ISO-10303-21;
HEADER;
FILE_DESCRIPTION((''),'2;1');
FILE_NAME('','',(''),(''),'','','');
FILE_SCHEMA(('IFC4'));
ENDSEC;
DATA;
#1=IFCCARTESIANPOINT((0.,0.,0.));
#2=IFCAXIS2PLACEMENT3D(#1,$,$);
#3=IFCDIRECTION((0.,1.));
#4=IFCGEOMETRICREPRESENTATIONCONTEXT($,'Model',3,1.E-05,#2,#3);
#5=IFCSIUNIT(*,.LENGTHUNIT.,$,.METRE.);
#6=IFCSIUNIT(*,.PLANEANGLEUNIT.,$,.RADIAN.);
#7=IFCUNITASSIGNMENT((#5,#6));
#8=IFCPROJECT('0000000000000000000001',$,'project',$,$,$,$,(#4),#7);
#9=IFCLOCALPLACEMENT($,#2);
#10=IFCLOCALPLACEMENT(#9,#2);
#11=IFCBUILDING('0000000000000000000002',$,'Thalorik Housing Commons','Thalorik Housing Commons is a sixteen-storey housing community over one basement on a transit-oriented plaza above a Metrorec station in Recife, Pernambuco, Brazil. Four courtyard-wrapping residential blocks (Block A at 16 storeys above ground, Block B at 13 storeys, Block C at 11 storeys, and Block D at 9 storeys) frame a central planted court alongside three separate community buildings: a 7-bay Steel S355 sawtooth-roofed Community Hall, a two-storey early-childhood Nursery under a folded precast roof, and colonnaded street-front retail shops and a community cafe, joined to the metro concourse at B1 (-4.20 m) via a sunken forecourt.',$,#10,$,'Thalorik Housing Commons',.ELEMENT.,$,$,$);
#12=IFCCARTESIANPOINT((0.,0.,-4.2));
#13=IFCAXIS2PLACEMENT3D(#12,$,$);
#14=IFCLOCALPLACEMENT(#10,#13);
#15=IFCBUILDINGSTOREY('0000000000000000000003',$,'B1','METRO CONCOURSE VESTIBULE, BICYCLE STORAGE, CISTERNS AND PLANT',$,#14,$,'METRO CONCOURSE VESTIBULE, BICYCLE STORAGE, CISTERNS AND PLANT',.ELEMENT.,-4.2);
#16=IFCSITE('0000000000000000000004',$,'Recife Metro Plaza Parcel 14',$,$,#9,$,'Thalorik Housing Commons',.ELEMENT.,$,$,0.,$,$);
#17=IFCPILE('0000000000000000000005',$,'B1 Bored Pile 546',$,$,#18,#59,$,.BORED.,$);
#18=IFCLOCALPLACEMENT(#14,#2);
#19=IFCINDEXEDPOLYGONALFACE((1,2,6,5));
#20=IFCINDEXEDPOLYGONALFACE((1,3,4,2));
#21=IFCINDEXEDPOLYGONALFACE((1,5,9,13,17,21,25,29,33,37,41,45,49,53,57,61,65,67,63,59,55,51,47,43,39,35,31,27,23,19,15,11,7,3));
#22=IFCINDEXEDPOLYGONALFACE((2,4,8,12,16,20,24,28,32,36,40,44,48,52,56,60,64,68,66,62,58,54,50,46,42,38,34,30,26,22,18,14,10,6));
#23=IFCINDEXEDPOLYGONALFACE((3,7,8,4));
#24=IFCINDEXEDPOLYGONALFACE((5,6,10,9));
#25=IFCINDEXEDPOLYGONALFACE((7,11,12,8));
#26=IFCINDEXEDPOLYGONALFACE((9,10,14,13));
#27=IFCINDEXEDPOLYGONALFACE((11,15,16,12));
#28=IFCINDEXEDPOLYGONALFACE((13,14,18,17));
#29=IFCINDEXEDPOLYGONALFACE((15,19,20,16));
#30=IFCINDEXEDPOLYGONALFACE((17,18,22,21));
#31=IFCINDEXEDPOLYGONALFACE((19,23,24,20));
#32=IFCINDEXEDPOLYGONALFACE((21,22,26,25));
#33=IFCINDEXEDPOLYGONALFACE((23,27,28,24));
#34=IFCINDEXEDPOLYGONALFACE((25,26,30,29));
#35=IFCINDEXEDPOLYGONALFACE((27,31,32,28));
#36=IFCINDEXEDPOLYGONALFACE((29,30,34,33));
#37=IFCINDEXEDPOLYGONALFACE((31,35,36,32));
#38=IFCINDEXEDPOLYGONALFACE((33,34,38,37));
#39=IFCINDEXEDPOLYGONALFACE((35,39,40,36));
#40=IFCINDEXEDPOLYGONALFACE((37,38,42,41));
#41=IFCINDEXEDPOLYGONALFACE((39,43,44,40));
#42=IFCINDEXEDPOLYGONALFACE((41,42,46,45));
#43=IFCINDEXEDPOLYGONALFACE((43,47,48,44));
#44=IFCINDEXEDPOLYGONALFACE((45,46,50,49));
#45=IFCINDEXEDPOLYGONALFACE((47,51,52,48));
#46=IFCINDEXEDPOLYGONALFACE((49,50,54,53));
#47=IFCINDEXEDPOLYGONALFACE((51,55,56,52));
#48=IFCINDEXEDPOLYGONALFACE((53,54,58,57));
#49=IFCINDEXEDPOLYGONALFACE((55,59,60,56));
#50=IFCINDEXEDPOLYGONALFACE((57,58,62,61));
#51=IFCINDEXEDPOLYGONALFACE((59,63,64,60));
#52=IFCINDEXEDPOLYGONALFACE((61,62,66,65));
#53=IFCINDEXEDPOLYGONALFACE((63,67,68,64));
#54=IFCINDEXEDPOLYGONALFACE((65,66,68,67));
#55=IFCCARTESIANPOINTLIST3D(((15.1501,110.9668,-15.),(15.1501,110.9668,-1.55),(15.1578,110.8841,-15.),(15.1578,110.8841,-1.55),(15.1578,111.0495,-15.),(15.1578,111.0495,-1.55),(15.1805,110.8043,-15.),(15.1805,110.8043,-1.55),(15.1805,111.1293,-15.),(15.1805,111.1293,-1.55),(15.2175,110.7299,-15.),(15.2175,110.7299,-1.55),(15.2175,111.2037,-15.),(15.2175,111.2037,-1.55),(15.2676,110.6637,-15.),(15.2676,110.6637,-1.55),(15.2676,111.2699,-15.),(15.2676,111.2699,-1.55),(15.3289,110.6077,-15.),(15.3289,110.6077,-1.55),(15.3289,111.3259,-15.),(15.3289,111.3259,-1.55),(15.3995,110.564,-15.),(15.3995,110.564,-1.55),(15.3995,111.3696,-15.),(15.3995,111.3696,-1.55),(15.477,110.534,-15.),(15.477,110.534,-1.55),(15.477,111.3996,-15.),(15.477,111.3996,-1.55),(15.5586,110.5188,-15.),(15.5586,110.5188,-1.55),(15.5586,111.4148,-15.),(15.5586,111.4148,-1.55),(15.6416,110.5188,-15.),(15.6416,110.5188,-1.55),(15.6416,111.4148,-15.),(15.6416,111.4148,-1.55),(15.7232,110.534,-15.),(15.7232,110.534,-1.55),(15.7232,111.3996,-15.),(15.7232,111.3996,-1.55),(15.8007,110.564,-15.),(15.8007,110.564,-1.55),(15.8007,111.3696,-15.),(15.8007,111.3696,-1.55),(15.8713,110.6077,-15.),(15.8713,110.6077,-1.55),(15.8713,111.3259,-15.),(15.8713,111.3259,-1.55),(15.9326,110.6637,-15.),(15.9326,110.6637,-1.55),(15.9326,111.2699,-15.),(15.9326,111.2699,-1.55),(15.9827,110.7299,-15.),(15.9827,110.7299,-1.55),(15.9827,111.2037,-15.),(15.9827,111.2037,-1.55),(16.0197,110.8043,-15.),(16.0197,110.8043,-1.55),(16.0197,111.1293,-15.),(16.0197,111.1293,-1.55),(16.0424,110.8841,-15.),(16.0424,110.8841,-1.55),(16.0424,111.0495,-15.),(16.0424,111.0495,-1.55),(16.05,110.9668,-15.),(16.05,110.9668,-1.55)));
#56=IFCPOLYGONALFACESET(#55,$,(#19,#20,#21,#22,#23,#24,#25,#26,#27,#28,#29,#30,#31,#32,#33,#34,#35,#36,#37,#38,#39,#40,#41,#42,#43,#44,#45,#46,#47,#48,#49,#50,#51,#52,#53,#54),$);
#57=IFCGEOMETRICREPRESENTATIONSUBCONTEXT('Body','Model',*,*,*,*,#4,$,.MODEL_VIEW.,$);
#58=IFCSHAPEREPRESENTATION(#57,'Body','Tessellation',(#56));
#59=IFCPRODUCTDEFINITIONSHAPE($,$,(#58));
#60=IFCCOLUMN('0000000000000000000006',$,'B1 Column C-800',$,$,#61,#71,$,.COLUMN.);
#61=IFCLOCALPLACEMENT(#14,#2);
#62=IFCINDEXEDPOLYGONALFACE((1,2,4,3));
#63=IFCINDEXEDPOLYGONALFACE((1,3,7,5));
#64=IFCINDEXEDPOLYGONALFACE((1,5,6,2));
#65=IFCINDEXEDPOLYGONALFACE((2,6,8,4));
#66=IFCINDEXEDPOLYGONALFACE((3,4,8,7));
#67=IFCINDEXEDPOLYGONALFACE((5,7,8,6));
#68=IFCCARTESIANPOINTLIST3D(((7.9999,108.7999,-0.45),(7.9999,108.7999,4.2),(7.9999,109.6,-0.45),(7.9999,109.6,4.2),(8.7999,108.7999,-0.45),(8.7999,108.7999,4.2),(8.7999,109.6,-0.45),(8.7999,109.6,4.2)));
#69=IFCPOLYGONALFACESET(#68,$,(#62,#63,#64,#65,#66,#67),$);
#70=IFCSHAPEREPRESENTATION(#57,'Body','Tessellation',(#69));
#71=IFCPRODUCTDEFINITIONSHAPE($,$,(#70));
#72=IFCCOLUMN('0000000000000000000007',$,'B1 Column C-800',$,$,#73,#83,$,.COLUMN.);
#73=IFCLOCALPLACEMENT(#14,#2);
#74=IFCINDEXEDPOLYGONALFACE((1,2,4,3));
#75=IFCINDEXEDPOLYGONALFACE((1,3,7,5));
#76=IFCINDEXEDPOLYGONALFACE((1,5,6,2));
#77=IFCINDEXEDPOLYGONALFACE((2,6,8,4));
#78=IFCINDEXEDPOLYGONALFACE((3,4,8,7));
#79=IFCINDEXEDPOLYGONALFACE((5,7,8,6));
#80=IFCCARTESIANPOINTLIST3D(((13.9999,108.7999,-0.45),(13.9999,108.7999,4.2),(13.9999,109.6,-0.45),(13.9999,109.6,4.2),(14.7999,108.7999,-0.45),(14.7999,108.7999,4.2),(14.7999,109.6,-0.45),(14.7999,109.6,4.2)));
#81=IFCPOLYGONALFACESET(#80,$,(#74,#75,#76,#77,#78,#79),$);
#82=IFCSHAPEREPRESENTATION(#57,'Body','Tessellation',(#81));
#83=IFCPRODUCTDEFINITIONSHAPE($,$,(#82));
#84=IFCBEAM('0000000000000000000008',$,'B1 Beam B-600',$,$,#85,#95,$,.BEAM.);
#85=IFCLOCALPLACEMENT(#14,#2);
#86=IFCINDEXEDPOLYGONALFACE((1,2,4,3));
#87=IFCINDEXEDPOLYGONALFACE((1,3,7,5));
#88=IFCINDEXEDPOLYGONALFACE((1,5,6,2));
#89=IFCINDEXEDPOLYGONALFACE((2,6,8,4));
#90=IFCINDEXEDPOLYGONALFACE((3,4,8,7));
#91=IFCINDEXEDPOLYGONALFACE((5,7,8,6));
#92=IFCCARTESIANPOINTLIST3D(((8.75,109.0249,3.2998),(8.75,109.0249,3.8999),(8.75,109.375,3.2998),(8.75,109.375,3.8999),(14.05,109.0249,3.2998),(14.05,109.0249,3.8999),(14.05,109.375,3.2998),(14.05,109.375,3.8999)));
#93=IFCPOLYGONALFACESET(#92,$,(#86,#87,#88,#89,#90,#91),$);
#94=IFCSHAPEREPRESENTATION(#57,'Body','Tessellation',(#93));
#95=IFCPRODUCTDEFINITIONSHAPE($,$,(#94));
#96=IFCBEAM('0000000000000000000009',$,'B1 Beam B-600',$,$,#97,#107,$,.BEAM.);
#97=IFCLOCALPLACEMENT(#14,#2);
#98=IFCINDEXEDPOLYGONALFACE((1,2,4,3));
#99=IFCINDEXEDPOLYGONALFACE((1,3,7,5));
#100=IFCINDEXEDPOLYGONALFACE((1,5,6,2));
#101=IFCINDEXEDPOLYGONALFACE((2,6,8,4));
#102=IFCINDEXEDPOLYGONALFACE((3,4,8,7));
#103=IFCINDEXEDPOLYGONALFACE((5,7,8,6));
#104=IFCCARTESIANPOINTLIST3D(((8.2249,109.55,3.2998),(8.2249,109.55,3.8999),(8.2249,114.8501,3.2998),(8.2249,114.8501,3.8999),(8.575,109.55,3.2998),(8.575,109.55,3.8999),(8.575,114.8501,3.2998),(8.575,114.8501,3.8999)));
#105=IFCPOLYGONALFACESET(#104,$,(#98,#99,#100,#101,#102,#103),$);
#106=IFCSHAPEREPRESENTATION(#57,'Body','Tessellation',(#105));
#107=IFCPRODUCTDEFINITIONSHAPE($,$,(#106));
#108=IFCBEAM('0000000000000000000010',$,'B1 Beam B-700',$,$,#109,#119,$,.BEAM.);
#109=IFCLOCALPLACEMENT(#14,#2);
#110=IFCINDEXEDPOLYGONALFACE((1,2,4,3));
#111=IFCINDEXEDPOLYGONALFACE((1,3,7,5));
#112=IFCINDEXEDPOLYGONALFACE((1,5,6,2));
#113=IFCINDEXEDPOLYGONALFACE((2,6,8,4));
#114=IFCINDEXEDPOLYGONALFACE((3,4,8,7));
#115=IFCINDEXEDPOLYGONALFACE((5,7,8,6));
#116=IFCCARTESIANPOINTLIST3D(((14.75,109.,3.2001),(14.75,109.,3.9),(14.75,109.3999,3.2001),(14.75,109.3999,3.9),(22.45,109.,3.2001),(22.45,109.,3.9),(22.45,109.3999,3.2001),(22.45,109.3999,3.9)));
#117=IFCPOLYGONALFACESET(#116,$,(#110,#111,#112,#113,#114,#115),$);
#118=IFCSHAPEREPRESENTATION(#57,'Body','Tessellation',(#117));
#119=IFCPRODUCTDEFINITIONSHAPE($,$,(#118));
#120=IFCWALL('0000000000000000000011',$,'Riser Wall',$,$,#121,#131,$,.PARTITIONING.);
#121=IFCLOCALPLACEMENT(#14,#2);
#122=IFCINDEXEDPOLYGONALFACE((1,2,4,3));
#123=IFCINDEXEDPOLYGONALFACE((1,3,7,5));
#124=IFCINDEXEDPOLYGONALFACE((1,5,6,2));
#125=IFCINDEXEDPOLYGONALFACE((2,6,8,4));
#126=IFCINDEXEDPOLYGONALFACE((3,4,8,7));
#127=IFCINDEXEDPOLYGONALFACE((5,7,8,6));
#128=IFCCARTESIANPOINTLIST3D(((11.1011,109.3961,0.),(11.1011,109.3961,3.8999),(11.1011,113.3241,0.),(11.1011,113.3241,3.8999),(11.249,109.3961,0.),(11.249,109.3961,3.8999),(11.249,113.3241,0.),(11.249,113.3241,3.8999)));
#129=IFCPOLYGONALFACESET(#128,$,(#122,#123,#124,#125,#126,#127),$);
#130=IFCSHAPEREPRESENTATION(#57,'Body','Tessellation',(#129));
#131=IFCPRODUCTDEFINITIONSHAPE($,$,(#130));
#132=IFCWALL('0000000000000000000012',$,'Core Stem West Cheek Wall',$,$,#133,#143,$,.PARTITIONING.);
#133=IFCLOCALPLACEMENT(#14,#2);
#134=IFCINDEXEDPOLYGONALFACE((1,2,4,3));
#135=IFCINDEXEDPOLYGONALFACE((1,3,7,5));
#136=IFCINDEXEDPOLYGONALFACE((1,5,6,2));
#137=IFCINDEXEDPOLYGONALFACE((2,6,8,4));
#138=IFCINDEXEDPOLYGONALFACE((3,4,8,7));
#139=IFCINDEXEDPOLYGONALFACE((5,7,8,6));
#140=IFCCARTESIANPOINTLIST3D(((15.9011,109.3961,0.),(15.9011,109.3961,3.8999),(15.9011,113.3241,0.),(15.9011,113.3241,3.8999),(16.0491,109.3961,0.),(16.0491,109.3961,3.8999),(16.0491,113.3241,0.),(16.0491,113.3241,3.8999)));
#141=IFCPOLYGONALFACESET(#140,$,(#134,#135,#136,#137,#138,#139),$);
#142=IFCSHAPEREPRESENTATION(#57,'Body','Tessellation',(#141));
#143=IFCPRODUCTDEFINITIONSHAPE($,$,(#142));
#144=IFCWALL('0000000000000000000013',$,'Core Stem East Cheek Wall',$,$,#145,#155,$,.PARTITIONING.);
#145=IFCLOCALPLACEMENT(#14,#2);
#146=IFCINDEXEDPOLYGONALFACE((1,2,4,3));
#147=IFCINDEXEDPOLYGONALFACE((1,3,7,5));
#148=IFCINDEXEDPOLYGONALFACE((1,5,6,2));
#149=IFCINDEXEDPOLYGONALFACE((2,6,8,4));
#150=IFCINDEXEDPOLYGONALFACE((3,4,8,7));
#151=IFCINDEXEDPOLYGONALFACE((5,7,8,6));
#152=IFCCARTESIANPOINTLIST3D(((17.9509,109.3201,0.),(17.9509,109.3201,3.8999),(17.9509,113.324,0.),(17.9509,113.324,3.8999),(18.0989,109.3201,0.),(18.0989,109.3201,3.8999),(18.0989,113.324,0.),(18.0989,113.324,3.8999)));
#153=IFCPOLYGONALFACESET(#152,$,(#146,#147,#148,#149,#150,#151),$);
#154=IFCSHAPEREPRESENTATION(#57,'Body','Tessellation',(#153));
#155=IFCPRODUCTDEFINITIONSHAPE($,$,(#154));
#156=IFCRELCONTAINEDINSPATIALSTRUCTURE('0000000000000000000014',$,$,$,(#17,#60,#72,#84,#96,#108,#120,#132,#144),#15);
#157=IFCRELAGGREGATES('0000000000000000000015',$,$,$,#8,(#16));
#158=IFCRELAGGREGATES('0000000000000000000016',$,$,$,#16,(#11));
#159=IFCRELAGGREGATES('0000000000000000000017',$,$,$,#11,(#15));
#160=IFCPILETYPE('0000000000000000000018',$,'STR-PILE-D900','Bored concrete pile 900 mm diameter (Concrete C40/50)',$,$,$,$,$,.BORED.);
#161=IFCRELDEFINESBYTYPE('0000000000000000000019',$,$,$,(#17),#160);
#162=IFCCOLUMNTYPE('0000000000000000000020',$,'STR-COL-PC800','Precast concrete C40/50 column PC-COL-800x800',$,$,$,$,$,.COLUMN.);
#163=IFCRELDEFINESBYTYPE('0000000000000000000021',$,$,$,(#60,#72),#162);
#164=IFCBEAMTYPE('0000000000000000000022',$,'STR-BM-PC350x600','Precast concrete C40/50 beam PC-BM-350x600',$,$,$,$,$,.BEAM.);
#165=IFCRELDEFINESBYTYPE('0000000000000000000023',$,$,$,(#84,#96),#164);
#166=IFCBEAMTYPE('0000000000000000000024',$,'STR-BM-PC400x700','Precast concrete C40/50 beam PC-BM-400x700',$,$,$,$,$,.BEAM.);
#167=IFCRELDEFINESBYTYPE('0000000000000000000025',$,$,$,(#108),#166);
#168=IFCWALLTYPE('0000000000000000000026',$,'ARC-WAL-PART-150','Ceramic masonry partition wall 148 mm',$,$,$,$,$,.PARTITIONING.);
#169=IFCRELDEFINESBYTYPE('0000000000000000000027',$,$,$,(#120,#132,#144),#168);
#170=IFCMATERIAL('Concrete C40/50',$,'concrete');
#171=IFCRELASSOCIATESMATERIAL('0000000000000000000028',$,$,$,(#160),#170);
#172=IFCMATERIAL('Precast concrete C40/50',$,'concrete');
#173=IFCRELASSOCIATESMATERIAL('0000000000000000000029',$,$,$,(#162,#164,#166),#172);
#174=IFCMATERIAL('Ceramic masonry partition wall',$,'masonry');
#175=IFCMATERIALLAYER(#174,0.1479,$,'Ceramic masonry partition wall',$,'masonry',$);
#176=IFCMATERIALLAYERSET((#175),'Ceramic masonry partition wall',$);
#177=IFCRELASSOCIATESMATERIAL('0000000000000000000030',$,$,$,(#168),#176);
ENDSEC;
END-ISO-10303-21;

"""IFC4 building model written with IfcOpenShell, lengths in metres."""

from ifc_helpers import new_model, si_unit, direction, frame, frame_2d, origin, origin_2d, place, context, subcontext, project, spatial, rectangle, circle, extrude, material, layer, layer_set, material_profile, profile_set, type_object, element, save


model = new_model("IFC4")

# Units and contexts
model_context = context("Model", 3, precision=1e-05, world=origin(), true_north=direction((0.0, 1.0)))
body_context = subcontext(model_context, "Body", "Model", "MODEL_VIEW")
ifc_project = project(units=[si_unit("LENGTHUNIT", "METRE"), si_unit("PLANEANGLEUNIT", "RADIAN")], contexts=[model_context])

# Site, building, storey
site_placement = place(None, origin())
site = spatial("IfcSite", under=ifc_project, at=site_placement, Name="Recife Metro Plaza Parcel 14", LongName="Thalorik Housing Commons", CompositionType="ELEMENT", RefElevation=0.0)
building_placement = place(site_placement, origin())
building = spatial("IfcBuilding", under=site, at=building_placement, Name="Thalorik Housing Commons", Description="Thalorik Housing Commons is a sixteen-storey housing community over one basement on a transit-oriented plaza above a Metrorec station in Recife, Pernambuco, Brazil. Four courtyard-wrapping residential blocks (Block A at 16 storeys above ground, Block B at 13 storeys, Block C at 11 storeys, and Block D at 9 storeys) frame a central planted court alongside three separate community buildings: a 7-bay Steel S355 sawtooth-roofed Community Hall, a two-storey early-childhood Nursery under a folded precast roof, and colonnaded street-front retail shops and a community cafe, joined to the metro concourse at B1 (-4.20 m) via a sunken forecourt.", LongName="Thalorik Housing Commons", CompositionType="ELEMENT")
storey_placement = place(building_placement, frame((0.0, 0.0, -4.2)))
storey = spatial("IfcBuildingStorey", under=building, at=storey_placement, Name="B1", Description="METRO CONCOURSE VESTIBULE, BICYCLE STORAGE, CISTERNS AND PLANT", LongName="METRO CONCOURSE VESTIBULE, BICYCLE STORAGE, CISTERNS AND PLANT", CompositionType="ELEMENT", Elevation=-4.2)

# Shared definitions
ifc_material_1 = material(Name="Concrete C40/50", Category="concrete")

# Pile
ifc_material_profile_1 = material_profile(ifc_material_1, circle(Radius=0.45, at=origin_2d()), Name="BORED PILE D900", Category="concrete")
ifc_profile_set_1 = profile_set([ifc_material_profile_1], Name="Concrete C40/50")
pile_type_1 = type_object("IfcPileType", Name="STR-PILE-D900", Description="Bored concrete pile 900 mm diameter (Concrete C40/50)", PredefinedType="BORED", material=ifc_profile_set_1)
for number, where, z_axis, x_axis, name in (
    (1, (15.6001, 110.9668, -1.55), (0.0, 0.0, -1.0), (1.0, 0.0, 0.0), "B1 Bored Pile 546"),
):
    element("IfcPile", number, at=place(storey_placement, frame(where, z_axis=z_axis, x_axis=x_axis)), inside=storey, type_object=pile_type_1, Name=name, PredefinedType="BORED", context=body_context, shape_type="SweptSolid", body=[
        extrude(circle(Radius=0.45, at=origin_2d()), origin(), (0.0, 0.0, 1.0), 13.45),
    ])

# Columns
ifc_material_2 = material(Name="Precast concrete C40/50", Category="concrete")
ifc_material_profile_2 = material_profile(ifc_material_2, rectangle(XDim=0.8, YDim=0.8, at=origin_2d()), Name="PC 800x800", Category="concrete")
ifc_profile_set_2 = profile_set([ifc_material_profile_2], Name="Precast concrete C40/50")
column_type = type_object("IfcColumnType", Name="STR-COL-PC800", Description="Precast concrete C40/50 column PC-COL-800x800", PredefinedType="COLUMN", material=ifc_profile_set_2)
for number, where, z_axis, x_axis, name in (
    (2, (8.3999, 109.2, -0.45), (0.0, 0.0, 1.0), (1.0, 0.0, 0.0), "B1 Column C-800"),
    (3, (14.3999, 109.2, -0.45), (0.0, 0.0, 1.0), (1.0, 0.0, 0.0), "B1 Column C-800"),
):
    element("IfcColumn", number, at=place(storey_placement, frame(where, z_axis=z_axis, x_axis=x_axis)), inside=storey, type_object=column_type, Name=name, PredefinedType="COLUMN", context=body_context, shape_type="SweptSolid", body=[
        extrude(rectangle(XDim=0.8, YDim=0.8, at=origin_2d()), origin(), (0.0, 0.0, 1.0), 4.6499),
    ])

# Beams
ifc_material_profile_3 = material_profile(ifc_material_2, rectangle(XDim=0.3501, YDim=0.6001, at=origin_2d()), Name="PC 350x600", Category="concrete")
ifc_profile_set_3 = profile_set([ifc_material_profile_3], Name="Precast concrete C40/50")
beam_type_1 = type_object("IfcBeamType", Name="STR-BM-PC350x600", Description="Precast concrete C40/50 beam PC-BM-350x600", PredefinedType="BEAM", material=ifc_profile_set_3)
for number, where, z_axis, x_axis, name in (
    (4, (8.75, 109.2, 3.5999), (1.0, 0.0, 0.0), (0.0, 1.0, 0.0), "B1 Beam B-600"),
    (5, (8.3999, 109.55, 3.5999), (0.0, 1.0, 0.0), (-1.0, 0.0, 0.0), "B1 Beam B-600"),
):
    element("IfcBeam", number, at=place(storey_placement, frame(where, z_axis=z_axis, x_axis=x_axis)), inside=storey, type_object=beam_type_1, Name=name, PredefinedType="BEAM", context=body_context, shape_type="SweptSolid", body=[
        extrude(rectangle(XDim=0.3501, YDim=0.6001, at=origin_2d()), origin(), (0.0, 0.0, 1.0), 5.3),
    ])
ifc_material_profile_4 = material_profile(ifc_material_2, rectangle(XDim=0.3999, YDim=0.7, at=origin_2d()), Name="PC 400x700", Category="concrete")
ifc_profile_set_4 = profile_set([ifc_material_profile_4], Name="Precast concrete C40/50")
beam_type_2 = type_object("IfcBeamType", Name="STR-BM-PC400x700", Description="Precast concrete C40/50 beam PC-BM-400x700", PredefinedType="BEAM", material=ifc_profile_set_4)
beam_placement = place(storey_placement, frame((14.75, 109.2, 3.55), z_axis=(1.0, 0.0, 0.0), x_axis=(0.0, 1.0, 0.0)))
element("IfcBeam", 6, at=beam_placement, inside=storey, type_object=beam_type_2, Name="B1 Beam B-700", PredefinedType="BEAM", context=body_context, shape_type="SweptSolid", body=[
    extrude(rectangle(XDim=0.3999, YDim=0.7, at=origin_2d()), origin(), (0.0, 0.0, 1.0), 7.7),
])

# Walls
ifc_material_3 = material(Name="Ceramic masonry partition wall", Category="masonry")
ifc_layer = layer(ifc_material_3, 0.1479, Name="Ceramic masonry partition wall", Category="masonry")
ifc_layer_set = layer_set([ifc_layer], Name="Ceramic masonry partition wall")
wall_type = type_object("IfcWallType", Name="ARC-WAL-PART-150", Description="Ceramic masonry partition wall 148 mm", PredefinedType="PARTITIONING", material=ifc_layer_set)
for number, where, z_axis, x_axis, name in (
    (7, (11.175, 113.324, 0.0), (0.0, 0.0, 1.0), (0.0, -1.0, 0.0), "Riser Wall"),
    (8, (15.9751, 113.324, 0.0), (0.0, 0.0, 1.0), (0.0, -1.0, 0.0), "Core Stem West Cheek Wall"),
):
    element("IfcWall", number, at=place(storey_placement, frame(where, z_axis=z_axis, x_axis=x_axis)), inside=storey, type_object=wall_type, Name=name, PredefinedType="PARTITIONING", context=body_context, shape_type="SweptSolid", body=[
        extrude(rectangle(XDim=3.928, YDim=0.1479, at=frame_2d((1.9639, 0.0))), origin(), (0.0, 0.0, 1.0), 3.8999),
    ])
wall_1_placement = place(storey_placement, frame((18.0249, 113.324, 0.0), z_axis=(0.0, 0.0, 1.0), x_axis=(0.0, -1.0, 0.0)))
element("IfcWall", 9, at=wall_1_placement, inside=storey, type_object=wall_type, Name="Core Stem East Cheek Wall", PredefinedType="PARTITIONING", context=body_context, shape_type="SweptSolid", body=[
    extrude(rectangle(XDim=4.0039, YDim=0.1479, at=frame_2d((2.002, 0.0))), origin(), (0.0, 0.0, 1.0), 3.8999),
])

save(model, "model.ifc")
